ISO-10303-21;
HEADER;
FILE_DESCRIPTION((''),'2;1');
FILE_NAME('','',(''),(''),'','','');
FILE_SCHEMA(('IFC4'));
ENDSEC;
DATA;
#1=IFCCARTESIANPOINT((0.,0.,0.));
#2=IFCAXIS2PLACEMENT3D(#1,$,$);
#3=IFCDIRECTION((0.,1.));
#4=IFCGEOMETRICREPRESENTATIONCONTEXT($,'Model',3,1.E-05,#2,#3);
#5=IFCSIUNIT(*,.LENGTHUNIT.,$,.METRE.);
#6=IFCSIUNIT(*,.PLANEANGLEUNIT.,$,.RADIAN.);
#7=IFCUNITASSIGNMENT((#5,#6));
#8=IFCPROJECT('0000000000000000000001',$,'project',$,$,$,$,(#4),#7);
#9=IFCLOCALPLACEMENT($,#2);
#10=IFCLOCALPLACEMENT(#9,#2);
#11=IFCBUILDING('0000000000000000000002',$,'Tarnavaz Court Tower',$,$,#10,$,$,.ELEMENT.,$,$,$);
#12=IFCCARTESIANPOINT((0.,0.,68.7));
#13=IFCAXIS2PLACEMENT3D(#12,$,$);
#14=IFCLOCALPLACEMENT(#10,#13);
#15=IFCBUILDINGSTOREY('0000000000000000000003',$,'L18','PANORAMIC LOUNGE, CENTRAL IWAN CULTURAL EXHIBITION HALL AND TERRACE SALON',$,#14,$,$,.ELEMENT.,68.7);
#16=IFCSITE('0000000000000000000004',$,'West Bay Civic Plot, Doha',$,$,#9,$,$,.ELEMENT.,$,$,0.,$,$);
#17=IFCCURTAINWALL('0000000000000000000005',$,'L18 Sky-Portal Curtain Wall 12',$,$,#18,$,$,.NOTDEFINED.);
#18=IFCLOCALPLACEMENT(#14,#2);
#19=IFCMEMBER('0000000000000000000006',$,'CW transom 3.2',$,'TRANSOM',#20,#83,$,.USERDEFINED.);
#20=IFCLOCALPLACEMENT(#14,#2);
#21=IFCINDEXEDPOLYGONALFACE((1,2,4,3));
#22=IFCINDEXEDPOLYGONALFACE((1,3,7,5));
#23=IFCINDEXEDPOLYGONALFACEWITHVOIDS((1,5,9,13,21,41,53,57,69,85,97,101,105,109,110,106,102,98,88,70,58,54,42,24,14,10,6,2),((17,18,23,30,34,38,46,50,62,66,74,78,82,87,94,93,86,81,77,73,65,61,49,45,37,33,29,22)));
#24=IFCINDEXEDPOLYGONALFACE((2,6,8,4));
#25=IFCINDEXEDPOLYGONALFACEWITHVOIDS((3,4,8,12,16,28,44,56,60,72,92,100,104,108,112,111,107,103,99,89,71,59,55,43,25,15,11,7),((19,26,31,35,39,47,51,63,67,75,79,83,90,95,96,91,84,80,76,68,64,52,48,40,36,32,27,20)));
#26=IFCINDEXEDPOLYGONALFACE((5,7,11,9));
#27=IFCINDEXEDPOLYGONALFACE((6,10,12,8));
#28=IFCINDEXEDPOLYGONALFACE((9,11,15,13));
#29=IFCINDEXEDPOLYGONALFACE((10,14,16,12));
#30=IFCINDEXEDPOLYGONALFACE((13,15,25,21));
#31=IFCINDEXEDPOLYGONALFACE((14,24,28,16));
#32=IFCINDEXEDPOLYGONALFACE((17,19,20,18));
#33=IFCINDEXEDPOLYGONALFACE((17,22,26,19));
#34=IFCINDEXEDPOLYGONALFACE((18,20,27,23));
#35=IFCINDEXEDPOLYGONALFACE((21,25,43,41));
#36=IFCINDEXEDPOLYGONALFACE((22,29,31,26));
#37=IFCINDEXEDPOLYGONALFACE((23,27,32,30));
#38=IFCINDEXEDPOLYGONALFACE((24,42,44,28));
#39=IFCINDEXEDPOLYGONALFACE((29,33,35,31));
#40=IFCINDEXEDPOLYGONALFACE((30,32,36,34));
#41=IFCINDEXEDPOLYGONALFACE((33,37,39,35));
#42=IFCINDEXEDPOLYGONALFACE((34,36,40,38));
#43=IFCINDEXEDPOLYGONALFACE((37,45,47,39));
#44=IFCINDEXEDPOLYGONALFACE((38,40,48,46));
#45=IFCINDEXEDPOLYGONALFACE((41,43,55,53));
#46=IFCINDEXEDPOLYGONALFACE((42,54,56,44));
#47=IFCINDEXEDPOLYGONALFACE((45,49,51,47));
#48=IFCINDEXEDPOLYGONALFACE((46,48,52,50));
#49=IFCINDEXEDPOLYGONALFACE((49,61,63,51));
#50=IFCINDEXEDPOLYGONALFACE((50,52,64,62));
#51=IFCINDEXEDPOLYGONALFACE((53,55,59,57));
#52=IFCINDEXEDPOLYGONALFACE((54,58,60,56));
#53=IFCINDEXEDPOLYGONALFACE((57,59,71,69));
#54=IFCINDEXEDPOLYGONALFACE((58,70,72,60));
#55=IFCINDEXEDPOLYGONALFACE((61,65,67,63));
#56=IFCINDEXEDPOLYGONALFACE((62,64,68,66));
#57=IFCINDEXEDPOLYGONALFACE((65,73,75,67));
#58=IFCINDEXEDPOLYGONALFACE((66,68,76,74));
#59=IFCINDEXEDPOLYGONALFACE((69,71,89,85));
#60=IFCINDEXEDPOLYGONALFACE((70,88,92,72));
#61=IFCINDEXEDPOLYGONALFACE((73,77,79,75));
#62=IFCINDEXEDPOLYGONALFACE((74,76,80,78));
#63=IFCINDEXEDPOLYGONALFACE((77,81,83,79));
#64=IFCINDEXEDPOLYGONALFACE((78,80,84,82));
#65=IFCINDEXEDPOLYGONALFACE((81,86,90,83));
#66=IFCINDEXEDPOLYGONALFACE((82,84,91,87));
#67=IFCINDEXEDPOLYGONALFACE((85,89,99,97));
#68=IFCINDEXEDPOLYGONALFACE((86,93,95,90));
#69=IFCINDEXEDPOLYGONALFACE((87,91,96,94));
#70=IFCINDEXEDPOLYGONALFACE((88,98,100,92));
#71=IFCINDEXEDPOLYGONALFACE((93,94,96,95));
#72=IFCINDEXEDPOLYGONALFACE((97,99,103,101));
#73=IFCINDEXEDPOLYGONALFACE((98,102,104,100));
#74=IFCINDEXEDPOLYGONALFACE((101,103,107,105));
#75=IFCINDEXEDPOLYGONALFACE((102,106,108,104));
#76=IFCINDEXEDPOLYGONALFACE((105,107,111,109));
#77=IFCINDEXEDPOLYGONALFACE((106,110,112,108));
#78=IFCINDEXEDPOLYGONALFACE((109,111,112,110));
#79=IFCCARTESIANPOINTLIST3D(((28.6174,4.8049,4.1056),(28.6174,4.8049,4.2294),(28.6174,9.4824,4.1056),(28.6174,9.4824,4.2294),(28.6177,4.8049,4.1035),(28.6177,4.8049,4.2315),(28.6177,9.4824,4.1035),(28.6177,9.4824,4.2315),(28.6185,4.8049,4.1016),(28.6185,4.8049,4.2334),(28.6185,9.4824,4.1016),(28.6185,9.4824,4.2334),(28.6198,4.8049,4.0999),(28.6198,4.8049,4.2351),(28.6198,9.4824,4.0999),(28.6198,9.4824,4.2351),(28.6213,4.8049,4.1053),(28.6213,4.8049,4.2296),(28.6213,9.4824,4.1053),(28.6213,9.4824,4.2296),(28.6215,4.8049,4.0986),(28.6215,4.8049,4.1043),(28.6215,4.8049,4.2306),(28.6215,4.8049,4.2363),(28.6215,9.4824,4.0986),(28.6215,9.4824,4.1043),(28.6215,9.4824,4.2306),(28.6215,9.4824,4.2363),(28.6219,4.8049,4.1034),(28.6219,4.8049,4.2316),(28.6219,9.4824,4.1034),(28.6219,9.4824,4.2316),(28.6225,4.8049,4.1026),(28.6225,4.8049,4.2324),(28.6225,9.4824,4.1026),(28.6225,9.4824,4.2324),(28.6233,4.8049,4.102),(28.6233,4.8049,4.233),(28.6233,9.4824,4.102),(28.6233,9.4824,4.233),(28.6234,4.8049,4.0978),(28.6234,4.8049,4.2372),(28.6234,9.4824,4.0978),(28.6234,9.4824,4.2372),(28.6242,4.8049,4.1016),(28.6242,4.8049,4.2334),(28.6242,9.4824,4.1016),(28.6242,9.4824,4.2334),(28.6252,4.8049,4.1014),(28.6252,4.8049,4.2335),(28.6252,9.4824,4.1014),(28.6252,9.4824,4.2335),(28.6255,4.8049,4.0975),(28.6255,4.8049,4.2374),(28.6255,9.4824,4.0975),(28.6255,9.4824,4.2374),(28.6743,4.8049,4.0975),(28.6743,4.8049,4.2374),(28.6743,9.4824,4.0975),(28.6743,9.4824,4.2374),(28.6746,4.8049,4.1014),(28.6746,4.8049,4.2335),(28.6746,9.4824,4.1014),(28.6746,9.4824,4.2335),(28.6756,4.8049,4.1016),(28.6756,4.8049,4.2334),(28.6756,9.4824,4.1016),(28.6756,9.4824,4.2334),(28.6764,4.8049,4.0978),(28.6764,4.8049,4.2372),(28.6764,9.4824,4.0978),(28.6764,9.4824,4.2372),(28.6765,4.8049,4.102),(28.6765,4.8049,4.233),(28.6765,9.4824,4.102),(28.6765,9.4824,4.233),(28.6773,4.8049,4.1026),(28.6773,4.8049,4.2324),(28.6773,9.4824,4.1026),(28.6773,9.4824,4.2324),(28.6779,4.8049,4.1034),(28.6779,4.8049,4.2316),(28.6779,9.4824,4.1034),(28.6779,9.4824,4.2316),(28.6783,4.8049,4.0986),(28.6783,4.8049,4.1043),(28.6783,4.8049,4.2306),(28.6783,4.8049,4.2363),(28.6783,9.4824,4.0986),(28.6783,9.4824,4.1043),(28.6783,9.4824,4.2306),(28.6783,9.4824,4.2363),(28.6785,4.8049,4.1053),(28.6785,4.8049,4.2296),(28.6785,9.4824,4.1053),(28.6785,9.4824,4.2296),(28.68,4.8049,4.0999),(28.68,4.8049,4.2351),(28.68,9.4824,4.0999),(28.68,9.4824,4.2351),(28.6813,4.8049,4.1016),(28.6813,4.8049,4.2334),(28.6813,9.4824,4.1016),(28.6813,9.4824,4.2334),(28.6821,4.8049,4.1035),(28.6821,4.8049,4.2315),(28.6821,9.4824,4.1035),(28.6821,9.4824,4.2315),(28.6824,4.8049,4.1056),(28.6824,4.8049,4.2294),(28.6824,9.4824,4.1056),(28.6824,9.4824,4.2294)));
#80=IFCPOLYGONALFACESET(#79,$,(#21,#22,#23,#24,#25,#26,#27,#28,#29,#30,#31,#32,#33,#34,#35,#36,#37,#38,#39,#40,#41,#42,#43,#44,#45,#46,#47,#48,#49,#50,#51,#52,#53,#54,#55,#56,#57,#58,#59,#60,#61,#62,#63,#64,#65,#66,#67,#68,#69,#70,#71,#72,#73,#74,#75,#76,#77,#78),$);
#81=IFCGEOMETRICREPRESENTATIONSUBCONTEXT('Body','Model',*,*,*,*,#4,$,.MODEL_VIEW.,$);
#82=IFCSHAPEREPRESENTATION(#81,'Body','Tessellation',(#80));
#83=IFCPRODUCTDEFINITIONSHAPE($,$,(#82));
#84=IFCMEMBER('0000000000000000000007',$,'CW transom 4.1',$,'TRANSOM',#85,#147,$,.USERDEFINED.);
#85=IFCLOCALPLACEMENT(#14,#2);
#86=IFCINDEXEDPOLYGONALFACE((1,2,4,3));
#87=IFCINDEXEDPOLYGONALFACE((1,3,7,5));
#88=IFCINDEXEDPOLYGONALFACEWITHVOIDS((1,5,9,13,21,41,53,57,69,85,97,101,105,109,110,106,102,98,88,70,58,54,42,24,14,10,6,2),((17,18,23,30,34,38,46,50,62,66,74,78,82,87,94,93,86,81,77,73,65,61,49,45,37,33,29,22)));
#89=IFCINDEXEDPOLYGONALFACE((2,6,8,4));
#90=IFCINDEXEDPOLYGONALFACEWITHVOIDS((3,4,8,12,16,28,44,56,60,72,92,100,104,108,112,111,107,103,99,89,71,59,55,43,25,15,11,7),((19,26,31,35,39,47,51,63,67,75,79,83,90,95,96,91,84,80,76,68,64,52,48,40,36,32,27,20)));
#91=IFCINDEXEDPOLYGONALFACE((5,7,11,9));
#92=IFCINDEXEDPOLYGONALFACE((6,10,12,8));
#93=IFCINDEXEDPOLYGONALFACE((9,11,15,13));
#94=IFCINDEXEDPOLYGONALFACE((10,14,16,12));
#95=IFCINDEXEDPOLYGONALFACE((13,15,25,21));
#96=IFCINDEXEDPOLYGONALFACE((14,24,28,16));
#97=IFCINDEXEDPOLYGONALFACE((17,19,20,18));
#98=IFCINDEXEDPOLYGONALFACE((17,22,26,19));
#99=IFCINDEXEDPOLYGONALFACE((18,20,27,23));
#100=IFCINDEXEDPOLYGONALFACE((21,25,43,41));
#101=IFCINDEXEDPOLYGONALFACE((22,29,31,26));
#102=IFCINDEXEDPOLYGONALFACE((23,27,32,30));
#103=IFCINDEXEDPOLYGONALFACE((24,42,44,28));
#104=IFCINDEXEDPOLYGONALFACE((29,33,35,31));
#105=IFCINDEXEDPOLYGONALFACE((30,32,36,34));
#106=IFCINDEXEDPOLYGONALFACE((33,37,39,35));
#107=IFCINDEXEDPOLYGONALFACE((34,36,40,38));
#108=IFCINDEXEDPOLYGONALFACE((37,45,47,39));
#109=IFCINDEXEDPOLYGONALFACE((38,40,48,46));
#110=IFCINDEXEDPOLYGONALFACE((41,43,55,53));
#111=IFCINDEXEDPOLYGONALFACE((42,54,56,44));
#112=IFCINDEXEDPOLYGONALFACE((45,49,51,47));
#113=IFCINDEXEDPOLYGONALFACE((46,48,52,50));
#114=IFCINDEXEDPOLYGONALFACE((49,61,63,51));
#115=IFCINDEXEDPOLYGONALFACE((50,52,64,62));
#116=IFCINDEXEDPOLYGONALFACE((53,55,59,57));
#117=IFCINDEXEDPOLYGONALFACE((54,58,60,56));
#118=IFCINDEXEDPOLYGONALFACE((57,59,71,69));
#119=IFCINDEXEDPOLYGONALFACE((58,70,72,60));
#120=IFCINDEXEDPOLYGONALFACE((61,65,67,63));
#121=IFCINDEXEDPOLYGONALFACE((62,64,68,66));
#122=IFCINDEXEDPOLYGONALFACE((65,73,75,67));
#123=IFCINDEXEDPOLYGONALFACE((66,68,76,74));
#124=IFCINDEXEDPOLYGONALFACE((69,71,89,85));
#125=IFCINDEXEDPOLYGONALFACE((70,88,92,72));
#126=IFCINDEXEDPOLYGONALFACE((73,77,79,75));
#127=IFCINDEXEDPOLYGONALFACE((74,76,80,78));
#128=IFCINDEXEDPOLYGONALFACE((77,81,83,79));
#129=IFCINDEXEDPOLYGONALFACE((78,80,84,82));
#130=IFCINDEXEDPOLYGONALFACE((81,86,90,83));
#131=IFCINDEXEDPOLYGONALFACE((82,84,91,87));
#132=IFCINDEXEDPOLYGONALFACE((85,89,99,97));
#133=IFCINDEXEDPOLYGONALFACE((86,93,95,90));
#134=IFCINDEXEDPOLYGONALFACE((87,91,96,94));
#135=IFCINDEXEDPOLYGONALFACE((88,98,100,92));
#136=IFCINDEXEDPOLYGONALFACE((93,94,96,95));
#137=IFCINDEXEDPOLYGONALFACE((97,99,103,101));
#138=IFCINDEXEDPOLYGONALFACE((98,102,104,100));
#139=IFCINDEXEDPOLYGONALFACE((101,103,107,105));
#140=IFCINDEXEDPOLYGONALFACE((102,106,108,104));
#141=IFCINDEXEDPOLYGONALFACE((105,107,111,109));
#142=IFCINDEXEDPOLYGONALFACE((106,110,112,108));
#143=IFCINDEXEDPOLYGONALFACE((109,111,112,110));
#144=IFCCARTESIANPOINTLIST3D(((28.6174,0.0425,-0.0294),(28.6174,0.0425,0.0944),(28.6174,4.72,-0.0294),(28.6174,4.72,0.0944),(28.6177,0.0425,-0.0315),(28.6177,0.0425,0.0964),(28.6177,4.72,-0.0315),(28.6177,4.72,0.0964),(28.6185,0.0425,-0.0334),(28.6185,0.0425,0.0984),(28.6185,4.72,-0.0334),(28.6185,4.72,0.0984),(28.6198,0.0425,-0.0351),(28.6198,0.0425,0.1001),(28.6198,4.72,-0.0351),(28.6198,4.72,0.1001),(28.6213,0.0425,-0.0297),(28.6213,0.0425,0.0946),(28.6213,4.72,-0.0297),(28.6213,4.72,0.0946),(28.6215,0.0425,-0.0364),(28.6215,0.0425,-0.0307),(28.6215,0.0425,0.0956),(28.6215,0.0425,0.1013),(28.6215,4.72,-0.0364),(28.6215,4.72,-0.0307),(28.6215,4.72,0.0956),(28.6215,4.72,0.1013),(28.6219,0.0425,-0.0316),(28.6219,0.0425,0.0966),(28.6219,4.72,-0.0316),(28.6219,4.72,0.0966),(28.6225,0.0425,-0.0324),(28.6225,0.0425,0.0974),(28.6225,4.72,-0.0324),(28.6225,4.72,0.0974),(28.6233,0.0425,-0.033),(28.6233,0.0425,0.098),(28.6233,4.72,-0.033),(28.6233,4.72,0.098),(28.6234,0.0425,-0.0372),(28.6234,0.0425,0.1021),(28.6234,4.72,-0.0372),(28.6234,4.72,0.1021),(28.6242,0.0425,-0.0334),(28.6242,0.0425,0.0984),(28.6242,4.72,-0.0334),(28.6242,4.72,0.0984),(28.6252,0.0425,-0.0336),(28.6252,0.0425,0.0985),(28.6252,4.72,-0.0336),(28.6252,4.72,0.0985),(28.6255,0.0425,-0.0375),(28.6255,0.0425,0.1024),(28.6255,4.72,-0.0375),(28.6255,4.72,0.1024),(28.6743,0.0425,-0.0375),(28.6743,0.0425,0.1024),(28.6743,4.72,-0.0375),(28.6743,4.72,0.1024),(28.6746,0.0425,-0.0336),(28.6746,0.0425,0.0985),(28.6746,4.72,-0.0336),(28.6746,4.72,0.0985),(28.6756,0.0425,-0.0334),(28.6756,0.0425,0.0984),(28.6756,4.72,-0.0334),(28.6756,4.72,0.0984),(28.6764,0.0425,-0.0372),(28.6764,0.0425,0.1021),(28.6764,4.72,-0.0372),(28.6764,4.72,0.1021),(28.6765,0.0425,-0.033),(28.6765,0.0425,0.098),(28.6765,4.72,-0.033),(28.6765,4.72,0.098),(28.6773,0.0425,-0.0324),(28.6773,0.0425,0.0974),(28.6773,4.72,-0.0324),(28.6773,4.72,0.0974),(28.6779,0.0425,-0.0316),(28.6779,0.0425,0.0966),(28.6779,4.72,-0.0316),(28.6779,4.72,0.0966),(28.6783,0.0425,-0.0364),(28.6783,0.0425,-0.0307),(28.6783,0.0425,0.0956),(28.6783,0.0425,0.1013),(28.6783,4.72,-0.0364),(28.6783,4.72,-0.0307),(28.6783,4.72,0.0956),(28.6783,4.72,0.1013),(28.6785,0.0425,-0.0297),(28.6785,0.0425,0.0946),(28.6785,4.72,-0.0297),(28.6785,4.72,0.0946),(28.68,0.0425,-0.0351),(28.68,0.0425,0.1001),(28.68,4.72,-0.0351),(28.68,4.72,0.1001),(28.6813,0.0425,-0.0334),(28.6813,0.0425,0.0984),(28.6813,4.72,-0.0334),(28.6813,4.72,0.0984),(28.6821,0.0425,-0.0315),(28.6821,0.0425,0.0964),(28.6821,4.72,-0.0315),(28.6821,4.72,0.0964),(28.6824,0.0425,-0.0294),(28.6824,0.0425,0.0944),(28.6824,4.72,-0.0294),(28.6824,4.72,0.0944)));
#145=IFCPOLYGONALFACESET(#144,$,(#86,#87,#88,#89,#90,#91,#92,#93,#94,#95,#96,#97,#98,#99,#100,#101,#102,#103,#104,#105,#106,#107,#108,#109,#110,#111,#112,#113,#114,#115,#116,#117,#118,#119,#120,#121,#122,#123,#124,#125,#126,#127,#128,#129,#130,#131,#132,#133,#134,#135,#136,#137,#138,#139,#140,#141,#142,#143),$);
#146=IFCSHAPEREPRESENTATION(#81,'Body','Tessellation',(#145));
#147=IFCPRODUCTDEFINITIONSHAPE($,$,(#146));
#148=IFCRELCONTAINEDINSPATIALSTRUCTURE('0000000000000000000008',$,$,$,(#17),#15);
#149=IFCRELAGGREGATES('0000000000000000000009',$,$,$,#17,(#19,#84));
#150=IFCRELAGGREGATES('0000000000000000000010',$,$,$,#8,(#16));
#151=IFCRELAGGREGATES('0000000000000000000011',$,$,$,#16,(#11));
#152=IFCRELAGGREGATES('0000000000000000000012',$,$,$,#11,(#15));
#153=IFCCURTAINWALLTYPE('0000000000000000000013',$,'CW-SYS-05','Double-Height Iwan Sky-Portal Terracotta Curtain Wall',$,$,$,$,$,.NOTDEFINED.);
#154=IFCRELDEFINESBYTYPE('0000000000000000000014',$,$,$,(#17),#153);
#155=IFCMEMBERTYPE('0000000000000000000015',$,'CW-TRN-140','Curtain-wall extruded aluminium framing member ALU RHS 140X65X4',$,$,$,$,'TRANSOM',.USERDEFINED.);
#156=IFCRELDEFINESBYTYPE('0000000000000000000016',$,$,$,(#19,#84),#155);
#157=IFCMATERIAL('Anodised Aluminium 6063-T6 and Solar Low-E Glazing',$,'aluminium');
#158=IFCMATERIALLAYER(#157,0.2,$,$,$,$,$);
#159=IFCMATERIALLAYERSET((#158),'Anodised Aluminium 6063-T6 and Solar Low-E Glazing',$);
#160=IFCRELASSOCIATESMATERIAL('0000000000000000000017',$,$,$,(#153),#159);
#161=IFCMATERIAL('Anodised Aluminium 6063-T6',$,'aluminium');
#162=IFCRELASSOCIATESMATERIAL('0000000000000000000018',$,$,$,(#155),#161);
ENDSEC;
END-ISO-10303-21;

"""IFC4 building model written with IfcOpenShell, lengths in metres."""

from ifc_helpers import new_model, si_unit, direction, frame, origin, origin_2d, place, context, subcontext, project, spatial, hollow_rectangle, extrude, material, layer, layer_set, material_profile, profile_set, type_object, element, aggregate, save


model = new_model("IFC4")

# Units and contexts
model_context = context("Model", 3, precision=1e-05, world=origin(), true_north=direction((0.0, 1.0)))
body_context = subcontext(model_context, "Body", "Model", "MODEL_VIEW")
ifc_project = project(units=[si_unit("LENGTHUNIT", "METRE"), si_unit("PLANEANGLEUNIT", "RADIAN")], contexts=[model_context])

# Site, building, storey
site_placement = place(None, origin())
site = spatial("IfcSite", under=ifc_project, at=site_placement, Name="West Bay Civic Plot, Doha", CompositionType="ELEMENT", RefElevation=0.0)
building_placement = place(site_placement, origin())
building = spatial("IfcBuilding", under=site, at=building_placement, Name="Tarnavaz Court Tower", CompositionType="ELEMENT")
storey_placement = place(building_placement, frame((0.0, 0.0, 68.7)))
storey = spatial("IfcBuildingStorey", under=building, at=storey_placement, Name="L18", Description="PANORAMIC LOUNGE, CENTRAL IWAN CULTURAL EXHIBITION HALL AND TERRACE SALON", CompositionType="ELEMENT", Elevation=68.7)

# Curtain wall, members
ifc_material_1 = material(Name="Anodised Aluminium 6063-T6 and Solar Low-E Glazing", Category="aluminium")
ifc_layer_1 = layer(ifc_material_1, 0.2)
ifc_layer_set_1 = layer_set([ifc_layer_1], Name="Anodised Aluminium 6063-T6 and Solar Low-E Glazing")
curtain_wall_type = type_object("IfcCurtainWallType", Name="CW-SYS-05", Description="Double-Height Iwan Sky-Portal Terracotta Curtain Wall", PredefinedType="NOTDEFINED", material=ifc_layer_set_1)
curtain_wall_placement = place(storey_placement, origin())
curtain_wall = element("IfcCurtainWall", 1, at=curtain_wall_placement, inside=storey, type_object=curtain_wall_type, Name="L18 Sky-Portal Curtain Wall 12", PredefinedType="NOTDEFINED")
ifc_material_2 = material(Name="Anodised Aluminium 6063-T6", Category="aluminium")
ifc_material_profile_1 = material_profile(ifc_material_2, hollow_rectangle(XDim=0.0649, YDim=0.1399, WallThickness=0.0039, InnerFilletRadius=0.0039, OuterFilletRadius=0.0081, at=origin_2d()), Name="ALU RHS 140X65X4")
ifc_profile_set_1 = profile_set([ifc_material_profile_1], Name="Anodised Aluminium 6063-T6")
member_type_1 = type_object("IfcMemberType", Name="CW-TRN-140", Description="Curtain-wall extruded aluminium framing member ALU RHS 140X65X4", ElementType="TRANSOM", PredefinedType="USERDEFINED", material=ifc_profile_set_1)
member_1_placement = place(storey_placement, frame((28.6499, 9.4824, 4.1675), z_axis=(0.0, -1.0, 0.0), x_axis=(1.0, 0.0, 0.0)))
member_1 = element("IfcMember", 2, at=member_1_placement, type_object=member_type_1, Name="CW transom 3.2", ObjectType="TRANSOM", PredefinedType="USERDEFINED", context=body_context, shape_type="SweptSolid", body=[
    extrude(hollow_rectangle(XDim=0.0649, YDim=0.1399, WallThickness=0.0039, InnerFilletRadius=0.0039, OuterFilletRadius=0.0081, at=origin_2d()), origin(), (0.0, 0.0, 1.0), 4.6775),
])
member_2_placement = place(storey_placement, frame((28.6499, 4.72, 0.0325), z_axis=(0.0, -1.0, 0.0), x_axis=(1.0, 0.0, 0.0)))
member_2 = element("IfcMember", 3, at=member_2_placement, type_object=member_type_1, Name="CW transom 4.1", ObjectType="TRANSOM", PredefinedType="USERDEFINED", context=body_context, shape_type="SweptSolid", body=[
    extrude(hollow_rectangle(XDim=0.0649, YDim=0.1399, WallThickness=0.0039, InnerFilletRadius=0.0039, OuterFilletRadius=0.0081, at=origin_2d()), origin(), (0.0, 0.0, 1.0), 4.6775),
])
aggregate(curtain_wall, [member_1, member_2])

save(model, "model.ifc")
